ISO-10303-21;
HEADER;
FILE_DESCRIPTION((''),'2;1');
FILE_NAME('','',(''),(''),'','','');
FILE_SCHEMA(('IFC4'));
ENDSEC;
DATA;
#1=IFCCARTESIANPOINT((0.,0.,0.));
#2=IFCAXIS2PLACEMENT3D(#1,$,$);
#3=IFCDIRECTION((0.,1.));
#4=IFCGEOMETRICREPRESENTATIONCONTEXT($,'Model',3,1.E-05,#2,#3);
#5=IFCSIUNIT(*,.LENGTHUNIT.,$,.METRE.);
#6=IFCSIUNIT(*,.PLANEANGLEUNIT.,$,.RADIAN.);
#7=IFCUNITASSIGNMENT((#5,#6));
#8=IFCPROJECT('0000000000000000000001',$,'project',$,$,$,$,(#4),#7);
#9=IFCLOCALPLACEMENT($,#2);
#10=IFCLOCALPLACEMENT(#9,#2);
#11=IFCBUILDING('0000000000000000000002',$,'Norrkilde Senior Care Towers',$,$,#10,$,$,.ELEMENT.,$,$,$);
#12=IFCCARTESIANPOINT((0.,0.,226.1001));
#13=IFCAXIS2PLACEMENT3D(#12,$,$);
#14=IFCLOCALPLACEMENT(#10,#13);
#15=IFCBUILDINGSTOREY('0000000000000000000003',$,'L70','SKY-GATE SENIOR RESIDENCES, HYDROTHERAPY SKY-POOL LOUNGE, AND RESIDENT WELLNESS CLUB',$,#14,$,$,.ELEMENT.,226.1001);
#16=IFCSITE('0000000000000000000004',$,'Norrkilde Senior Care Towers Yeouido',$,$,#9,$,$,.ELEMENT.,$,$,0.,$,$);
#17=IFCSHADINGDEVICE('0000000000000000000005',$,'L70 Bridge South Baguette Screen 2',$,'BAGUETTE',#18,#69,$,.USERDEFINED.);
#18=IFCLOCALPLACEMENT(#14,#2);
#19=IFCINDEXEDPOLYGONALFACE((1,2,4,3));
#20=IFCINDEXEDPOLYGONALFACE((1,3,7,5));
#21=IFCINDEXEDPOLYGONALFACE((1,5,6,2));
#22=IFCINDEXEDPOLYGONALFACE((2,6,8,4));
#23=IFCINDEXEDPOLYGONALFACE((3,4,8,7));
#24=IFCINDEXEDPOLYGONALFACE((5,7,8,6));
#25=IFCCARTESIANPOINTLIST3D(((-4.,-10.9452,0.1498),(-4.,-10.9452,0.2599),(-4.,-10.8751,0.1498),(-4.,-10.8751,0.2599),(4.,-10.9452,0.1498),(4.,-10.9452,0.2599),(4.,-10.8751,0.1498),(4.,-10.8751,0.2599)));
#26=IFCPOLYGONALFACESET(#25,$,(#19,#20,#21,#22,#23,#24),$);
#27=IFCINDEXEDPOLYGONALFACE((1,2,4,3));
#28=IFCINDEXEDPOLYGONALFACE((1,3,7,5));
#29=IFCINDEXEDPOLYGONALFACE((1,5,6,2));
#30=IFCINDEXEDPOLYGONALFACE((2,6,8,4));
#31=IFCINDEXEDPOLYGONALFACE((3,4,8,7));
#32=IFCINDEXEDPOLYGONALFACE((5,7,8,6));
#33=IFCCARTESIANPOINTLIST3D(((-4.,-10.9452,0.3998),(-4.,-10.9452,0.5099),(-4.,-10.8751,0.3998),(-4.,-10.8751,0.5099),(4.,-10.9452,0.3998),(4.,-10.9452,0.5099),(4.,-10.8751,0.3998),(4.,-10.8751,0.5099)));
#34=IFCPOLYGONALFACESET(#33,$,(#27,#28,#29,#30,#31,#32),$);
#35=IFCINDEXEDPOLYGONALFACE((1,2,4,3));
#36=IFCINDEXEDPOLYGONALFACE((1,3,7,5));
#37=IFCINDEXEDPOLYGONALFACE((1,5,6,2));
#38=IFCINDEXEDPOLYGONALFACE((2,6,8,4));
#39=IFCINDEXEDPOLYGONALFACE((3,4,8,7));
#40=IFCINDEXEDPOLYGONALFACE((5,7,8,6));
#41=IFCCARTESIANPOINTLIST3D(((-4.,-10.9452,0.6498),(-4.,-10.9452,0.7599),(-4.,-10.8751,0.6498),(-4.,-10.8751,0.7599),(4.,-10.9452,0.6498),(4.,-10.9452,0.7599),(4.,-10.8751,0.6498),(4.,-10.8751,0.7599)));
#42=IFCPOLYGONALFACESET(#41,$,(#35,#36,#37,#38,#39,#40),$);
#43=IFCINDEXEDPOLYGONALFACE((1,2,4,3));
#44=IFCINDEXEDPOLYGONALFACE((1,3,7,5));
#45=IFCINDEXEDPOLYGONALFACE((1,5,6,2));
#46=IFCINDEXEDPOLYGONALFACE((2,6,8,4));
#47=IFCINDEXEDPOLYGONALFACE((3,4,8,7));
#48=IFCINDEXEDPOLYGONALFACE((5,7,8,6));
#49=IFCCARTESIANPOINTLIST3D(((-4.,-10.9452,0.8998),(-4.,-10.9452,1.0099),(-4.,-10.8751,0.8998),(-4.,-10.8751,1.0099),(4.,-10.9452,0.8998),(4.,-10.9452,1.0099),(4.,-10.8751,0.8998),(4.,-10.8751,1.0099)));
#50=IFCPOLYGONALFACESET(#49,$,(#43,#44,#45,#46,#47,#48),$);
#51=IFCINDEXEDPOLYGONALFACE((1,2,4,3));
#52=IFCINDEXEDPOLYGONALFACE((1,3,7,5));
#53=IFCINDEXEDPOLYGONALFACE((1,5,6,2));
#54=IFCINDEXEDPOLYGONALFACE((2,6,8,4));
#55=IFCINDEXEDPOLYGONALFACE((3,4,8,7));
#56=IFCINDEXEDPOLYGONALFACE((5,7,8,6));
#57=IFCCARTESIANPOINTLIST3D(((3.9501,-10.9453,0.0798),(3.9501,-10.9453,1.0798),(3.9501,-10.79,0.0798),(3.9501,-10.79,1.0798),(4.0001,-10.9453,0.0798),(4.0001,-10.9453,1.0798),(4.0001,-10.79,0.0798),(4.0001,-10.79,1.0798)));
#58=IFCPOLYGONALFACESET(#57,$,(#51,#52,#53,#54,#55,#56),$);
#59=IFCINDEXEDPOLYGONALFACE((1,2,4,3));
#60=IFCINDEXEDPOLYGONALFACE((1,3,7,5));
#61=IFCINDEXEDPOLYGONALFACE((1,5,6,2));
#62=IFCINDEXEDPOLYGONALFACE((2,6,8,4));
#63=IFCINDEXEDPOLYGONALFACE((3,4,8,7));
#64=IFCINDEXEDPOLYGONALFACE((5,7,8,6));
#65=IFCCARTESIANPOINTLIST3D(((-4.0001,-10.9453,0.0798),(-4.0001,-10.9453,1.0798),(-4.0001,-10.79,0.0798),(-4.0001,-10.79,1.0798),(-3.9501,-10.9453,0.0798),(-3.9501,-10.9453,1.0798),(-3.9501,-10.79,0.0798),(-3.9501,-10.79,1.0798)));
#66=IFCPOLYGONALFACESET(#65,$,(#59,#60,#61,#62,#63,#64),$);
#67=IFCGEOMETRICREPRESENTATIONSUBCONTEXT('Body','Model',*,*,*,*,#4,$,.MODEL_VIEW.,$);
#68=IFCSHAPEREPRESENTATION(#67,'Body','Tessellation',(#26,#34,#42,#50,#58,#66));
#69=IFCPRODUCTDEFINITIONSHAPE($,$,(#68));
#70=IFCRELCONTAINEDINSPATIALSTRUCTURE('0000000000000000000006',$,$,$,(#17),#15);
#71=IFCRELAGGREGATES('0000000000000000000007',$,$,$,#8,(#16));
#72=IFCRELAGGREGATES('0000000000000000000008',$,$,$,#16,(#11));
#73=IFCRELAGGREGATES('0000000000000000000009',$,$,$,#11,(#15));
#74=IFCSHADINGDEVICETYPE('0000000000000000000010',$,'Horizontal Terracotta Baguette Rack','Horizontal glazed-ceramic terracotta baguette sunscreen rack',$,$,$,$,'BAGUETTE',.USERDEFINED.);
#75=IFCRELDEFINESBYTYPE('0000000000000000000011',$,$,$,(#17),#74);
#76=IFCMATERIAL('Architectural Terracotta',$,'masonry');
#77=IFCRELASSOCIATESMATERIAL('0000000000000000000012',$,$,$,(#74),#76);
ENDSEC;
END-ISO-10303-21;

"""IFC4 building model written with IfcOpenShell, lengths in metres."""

from ifc_helpers import new_model, si_unit, direction, frame, origin, origin_2d, place, context, subcontext, project, spatial, rectangle, extrude, source, transform, mapped, material, type_object, type_shapes, element, save


model = new_model("IFC4")

# Units and contexts
model_context = context("Model", 3, precision=1e-05, world=origin(), true_north=direction((0.0, 1.0)))
body_context = subcontext(model_context, "Body", "Model", "MODEL_VIEW")
ifc_project = project(units=[si_unit("LENGTHUNIT", "METRE"), si_unit("PLANEANGLEUNIT", "RADIAN")], contexts=[model_context])

# Site, building, storey
site_placement = place(None, origin())
site = spatial("IfcSite", under=ifc_project, at=site_placement, Name="Norrkilde Senior Care Towers Yeouido", CompositionType="ELEMENT", RefElevation=0.0)
building_placement = place(site_placement, origin())
building = spatial("IfcBuilding", under=site, at=building_placement, Name="Norrkilde Senior Care Towers", CompositionType="ELEMENT")
storey_placement = place(building_placement, frame((0.0, 0.0, 226.1001)))
storey = spatial("IfcBuildingStorey", under=building, at=storey_placement, Name="L70", Description="SKY-GATE SENIOR RESIDENCES, HYDROTHERAPY SKY-POOL LOUNGE, AND RESIDENT WELLNESS CLUB", CompositionType="ELEMENT", Elevation=226.1001)

# Shading device
ifc_material_1 = material(Name="Architectural Terracotta", Category="masonry")
shading_device_type = type_object("IfcShadingDeviceType", Name="Horizontal Terracotta Baguette Rack", Description="Horizontal glazed-ceramic terracotta baguette sunscreen rack", ElementType="BAGUETTE", PredefinedType="USERDEFINED", material=ifc_material_1)
shared_shape_1 = source(origin(), body_context, "Body", "SweptSolid", [
    extrude(rectangle(XDim=0.0701, YDim=0.1101, at=origin_2d()), frame((0.0, 0.0901, 0.125), z_axis=(1.0, 0.0, 0.0), x_axis=(0.0, 1.0, 0.0)), (0.0, 0.0, 1.0), 8.0),
    extrude(rectangle(XDim=0.0701, YDim=0.1101, at=origin_2d()), frame((0.0, 0.0901, 0.375), z_axis=(1.0, 0.0, 0.0), x_axis=(0.0, 1.0, 0.0)), (0.0, 0.0, 1.0), 8.0),
    extrude(rectangle(XDim=0.0701, YDim=0.1101, at=origin_2d()), frame((0.0, 0.0901, 0.625), z_axis=(1.0, 0.0, 0.0), x_axis=(0.0, 1.0, 0.0)), (0.0, 0.0, 1.0), 8.0),
    extrude(rectangle(XDim=0.0701, YDim=0.1101, at=origin_2d()), frame((0.0, 0.0901, 0.875), z_axis=(1.0, 0.0, 0.0), x_axis=(0.0, 1.0, 0.0)), (0.0, 0.0, 1.0), 8.0),
    extrude(rectangle(XDim=0.05, YDim=0.1553, at=origin_2d()), frame((0.0249, 0.0476, 0.0)), (0.0, 0.0, 1.0), 1.0),
    extrude(rectangle(XDim=0.05, YDim=0.1553, at=origin_2d()), frame((7.9751, 0.0476, 0.0)), (0.0, 0.0, 1.0), 1.0),
])
type_shapes(shading_device_type, [shared_shape_1])
shading_device_placement = place(storey_placement, frame((4.0, -10.8201, 0.0798), z_axis=(0.0, 0.0, 1.0), x_axis=(-1.0, 0.0, 0.0)))
element("IfcShadingDevice", 1, at=shading_device_placement, inside=storey, type_object=shading_device_type, Name="L70 Bridge South Baguette Screen 2", ObjectType="BAGUETTE", PredefinedType="USERDEFINED", context=body_context, shape_type="MappedRepresentation", body=[
    mapped(shared_shape_1, transform((0.0, 0.0, 0.0), x_axis=(1.0, 0.0, 0.0), y_axis=(0.0, 1.0, 0.0), z_axis=(0.0, 0.0, 1.0), scale=1.0)),
])

save(model, "model.ifc")
